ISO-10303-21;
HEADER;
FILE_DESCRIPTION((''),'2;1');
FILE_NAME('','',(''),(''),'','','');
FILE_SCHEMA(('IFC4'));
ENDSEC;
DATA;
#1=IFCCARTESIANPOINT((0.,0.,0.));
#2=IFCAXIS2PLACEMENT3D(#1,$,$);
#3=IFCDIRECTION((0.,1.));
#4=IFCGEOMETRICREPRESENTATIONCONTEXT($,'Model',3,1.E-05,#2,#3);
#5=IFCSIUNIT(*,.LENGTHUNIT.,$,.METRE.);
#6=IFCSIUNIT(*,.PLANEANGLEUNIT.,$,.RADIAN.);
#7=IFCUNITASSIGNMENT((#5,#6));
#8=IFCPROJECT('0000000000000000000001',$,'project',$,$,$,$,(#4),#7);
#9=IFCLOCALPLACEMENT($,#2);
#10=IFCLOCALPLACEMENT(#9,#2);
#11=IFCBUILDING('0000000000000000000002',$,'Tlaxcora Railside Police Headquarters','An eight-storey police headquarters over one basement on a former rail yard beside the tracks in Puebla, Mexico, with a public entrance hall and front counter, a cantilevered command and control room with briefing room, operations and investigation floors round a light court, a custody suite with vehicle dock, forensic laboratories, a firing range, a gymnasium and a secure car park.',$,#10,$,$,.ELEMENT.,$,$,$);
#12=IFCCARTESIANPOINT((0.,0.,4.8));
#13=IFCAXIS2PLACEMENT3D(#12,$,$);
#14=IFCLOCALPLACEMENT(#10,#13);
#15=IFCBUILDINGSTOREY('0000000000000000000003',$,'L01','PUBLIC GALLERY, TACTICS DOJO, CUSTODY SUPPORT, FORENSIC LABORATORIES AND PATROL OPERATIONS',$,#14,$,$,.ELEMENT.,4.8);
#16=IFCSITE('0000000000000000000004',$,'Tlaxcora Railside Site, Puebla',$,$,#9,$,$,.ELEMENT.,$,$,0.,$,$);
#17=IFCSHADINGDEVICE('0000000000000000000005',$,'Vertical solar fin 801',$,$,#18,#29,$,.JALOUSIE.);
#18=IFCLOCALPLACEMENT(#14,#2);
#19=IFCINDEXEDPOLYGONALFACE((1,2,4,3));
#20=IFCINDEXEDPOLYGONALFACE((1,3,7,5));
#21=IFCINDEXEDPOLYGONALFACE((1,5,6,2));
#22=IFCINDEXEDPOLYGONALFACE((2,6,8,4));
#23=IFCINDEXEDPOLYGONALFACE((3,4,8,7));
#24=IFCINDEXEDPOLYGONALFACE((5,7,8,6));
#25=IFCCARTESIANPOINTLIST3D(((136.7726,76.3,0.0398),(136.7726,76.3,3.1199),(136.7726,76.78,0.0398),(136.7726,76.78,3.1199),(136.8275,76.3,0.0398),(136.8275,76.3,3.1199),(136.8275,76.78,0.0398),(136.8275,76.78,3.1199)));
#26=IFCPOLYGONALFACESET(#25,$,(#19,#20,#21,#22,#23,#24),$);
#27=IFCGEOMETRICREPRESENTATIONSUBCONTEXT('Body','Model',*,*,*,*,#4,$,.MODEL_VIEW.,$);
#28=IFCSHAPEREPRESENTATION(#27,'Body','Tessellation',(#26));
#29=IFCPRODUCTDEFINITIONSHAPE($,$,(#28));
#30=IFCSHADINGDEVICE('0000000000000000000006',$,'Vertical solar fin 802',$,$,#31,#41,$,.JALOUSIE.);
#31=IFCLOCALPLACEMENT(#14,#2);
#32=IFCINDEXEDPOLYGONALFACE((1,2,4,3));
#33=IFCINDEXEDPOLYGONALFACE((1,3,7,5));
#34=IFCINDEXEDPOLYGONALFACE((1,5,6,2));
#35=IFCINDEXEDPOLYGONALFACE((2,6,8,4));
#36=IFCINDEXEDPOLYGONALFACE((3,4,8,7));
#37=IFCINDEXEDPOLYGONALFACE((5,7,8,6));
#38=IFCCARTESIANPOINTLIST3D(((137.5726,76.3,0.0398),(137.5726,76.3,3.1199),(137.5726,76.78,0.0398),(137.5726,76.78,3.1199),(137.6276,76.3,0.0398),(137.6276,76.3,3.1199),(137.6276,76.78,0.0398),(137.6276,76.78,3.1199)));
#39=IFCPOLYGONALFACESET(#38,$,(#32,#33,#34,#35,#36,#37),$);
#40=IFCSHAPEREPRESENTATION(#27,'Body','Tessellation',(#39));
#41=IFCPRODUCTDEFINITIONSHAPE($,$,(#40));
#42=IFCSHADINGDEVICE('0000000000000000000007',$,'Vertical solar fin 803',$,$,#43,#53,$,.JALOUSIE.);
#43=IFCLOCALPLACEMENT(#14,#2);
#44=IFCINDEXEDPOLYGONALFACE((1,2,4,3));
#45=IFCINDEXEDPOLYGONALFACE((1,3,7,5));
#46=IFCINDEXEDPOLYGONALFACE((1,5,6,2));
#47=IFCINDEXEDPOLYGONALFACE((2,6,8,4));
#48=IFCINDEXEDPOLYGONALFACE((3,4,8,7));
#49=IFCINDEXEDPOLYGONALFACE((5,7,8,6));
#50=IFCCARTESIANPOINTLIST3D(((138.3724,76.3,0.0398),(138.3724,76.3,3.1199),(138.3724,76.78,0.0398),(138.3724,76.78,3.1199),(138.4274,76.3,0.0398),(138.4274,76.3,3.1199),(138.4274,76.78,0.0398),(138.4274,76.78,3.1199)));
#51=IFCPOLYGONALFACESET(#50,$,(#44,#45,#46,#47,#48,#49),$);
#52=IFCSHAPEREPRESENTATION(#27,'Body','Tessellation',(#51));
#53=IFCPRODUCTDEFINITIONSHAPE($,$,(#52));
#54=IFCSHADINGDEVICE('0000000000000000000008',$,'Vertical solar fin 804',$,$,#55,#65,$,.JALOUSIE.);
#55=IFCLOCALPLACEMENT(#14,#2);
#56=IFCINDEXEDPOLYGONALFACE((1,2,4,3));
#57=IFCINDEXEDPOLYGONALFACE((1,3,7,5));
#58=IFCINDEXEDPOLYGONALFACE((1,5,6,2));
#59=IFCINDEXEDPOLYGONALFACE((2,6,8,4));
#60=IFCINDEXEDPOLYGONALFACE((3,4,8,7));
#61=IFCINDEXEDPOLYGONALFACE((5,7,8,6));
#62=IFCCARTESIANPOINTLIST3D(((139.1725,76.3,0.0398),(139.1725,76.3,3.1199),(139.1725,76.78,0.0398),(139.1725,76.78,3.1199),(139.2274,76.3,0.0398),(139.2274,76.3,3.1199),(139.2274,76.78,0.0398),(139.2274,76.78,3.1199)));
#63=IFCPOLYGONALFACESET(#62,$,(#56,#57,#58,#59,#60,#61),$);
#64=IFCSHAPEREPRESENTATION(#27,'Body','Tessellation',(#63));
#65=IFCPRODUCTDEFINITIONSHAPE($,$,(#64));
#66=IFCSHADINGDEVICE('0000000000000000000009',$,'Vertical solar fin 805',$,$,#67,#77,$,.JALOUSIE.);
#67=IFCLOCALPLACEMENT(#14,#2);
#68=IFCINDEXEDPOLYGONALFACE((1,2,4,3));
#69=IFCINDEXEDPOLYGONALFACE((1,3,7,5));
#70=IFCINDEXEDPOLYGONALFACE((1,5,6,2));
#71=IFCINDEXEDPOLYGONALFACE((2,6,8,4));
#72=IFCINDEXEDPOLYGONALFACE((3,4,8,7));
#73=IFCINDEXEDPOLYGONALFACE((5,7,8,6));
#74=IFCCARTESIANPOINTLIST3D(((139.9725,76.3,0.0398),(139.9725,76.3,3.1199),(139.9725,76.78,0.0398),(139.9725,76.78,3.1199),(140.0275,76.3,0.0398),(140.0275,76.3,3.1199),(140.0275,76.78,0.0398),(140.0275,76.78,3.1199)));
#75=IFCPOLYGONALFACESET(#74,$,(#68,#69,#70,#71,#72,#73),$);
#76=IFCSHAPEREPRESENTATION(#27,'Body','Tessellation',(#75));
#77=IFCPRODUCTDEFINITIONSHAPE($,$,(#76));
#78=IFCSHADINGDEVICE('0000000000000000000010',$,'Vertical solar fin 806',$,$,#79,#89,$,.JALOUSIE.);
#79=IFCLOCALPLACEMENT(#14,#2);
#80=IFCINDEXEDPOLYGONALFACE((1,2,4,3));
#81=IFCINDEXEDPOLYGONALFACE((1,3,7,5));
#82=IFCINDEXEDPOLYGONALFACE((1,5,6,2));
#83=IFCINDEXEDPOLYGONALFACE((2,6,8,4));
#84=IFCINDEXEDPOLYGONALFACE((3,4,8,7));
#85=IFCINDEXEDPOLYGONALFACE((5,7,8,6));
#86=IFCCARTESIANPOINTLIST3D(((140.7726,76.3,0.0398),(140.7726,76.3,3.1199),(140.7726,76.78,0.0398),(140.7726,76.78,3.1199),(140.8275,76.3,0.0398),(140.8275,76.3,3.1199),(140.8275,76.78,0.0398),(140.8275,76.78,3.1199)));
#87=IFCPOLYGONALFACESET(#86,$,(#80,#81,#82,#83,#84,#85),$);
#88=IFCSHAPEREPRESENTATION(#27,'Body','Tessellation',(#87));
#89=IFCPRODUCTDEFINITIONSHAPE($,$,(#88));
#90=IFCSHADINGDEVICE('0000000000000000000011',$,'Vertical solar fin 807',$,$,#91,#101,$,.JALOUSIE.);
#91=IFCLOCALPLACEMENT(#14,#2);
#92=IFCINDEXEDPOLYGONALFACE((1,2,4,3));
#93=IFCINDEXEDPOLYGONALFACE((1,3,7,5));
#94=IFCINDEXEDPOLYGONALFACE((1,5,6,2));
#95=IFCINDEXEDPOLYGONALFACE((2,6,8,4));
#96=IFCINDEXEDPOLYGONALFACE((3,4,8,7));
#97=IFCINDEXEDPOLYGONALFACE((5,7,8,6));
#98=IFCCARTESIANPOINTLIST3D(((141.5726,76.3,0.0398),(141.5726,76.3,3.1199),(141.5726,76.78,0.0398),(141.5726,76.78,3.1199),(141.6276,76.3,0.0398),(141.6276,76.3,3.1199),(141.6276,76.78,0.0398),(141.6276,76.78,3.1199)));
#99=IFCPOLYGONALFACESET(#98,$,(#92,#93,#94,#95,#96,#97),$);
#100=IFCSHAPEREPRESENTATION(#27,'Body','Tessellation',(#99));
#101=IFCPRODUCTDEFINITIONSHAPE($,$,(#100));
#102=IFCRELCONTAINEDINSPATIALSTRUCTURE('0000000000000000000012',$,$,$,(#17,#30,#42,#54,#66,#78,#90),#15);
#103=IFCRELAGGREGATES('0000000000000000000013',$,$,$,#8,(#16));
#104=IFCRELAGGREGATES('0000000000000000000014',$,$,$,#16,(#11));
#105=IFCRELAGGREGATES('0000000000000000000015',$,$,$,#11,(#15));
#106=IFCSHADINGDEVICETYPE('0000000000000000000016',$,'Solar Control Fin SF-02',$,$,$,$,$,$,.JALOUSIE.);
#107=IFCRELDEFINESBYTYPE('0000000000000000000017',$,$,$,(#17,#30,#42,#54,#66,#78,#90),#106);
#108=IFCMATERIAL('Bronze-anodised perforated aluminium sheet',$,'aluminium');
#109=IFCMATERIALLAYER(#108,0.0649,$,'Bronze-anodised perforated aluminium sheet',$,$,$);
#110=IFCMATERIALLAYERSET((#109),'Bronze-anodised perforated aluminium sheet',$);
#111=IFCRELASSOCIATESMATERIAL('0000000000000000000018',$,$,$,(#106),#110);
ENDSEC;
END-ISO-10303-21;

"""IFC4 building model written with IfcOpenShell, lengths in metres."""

from ifc_helpers import new_model, si_unit, direction, frame, origin, origin_2d, place, context, subcontext, project, spatial, rectangle, extrude, material, layer, layer_set, type_object, element, save


model = new_model("IFC4")

# Units and contexts
model_context = context("Model", 3, precision=1e-05, world=origin(), true_north=direction((0.0, 1.0)))
body_context = subcontext(model_context, "Body", "Model", "MODEL_VIEW")
ifc_project = project(units=[si_unit("LENGTHUNIT", "METRE"), si_unit("PLANEANGLEUNIT", "RADIAN")], contexts=[model_context])

# Site, building, storey
site_placement = place(None, origin())
site = spatial("IfcSite", under=ifc_project, at=site_placement, Name="Tlaxcora Railside Site, Puebla", CompositionType="ELEMENT", RefElevation=0.0)
building_placement = place(site_placement, origin())
building = spatial("IfcBuilding", under=site, at=building_placement, Name="Tlaxcora Railside Police Headquarters", Description="An eight-storey police headquarters over one basement on a former rail yard beside the tracks in Puebla, Mexico, with a public entrance hall and front counter, a cantilevered command and control room with briefing room, operations and investigation floors round a light court, a custody suite with vehicle dock, forensic laboratories, a firing range, a gymnasium and a secure car park.", CompositionType="ELEMENT")
storey_placement = place(building_placement, frame((0.0, 0.0, 4.8)))
storey = spatial("IfcBuildingStorey", under=building, at=storey_placement, Name="L01", Description="PUBLIC GALLERY, TACTICS DOJO, CUSTODY SUPPORT, FORENSIC LABORATORIES AND PATROL OPERATIONS", CompositionType="ELEMENT", Elevation=4.8)

# Shading devices
ifc_material_1 = material(Name="Bronze-anodised perforated aluminium sheet", Category="aluminium")
ifc_layer_1 = layer(ifc_material_1, 0.0649, Name="Bronze-anodised perforated aluminium sheet")
ifc_layer_set_1 = layer_set([ifc_layer_1], Name="Bronze-anodised perforated aluminium sheet")
shading_device_type = type_object("IfcShadingDeviceType", Name="Solar Control Fin SF-02", PredefinedType="JALOUSIE", material=ifc_layer_set_1)
for number, where, z_axis, x_axis, name in (
    (1, (136.8, 76.54, 0.0398), (0.0, 0.0, 1.0), (0.0, -1.0, 0.0), "Vertical solar fin 801"),
    (2, (137.6001, 76.54, 0.0398), (0.0, 0.0, 1.0), (0.0, -1.0, 0.0), "Vertical solar fin 802"),
    (3, (138.3999, 76.54, 0.0398), (0.0, 0.0, 1.0), (0.0, -1.0, 0.0), "Vertical solar fin 803"),
    (4, (139.2, 76.54, 0.0398), (0.0, 0.0, 1.0), (0.0, -1.0, 0.0), "Vertical solar fin 804"),
    (5, (140.0, 76.54, 0.0398), (0.0, 0.0, 1.0), (0.0, -1.0, 0.0), "Vertical solar fin 805"),
    (6, (140.8, 76.54, 0.0398), (0.0, 0.0, 1.0), (0.0, -1.0, 0.0), "Vertical solar fin 806"),
    (7, (141.6001, 76.54, 0.0398), (0.0, 0.0, 1.0), (0.0, -1.0, 0.0), "Vertical solar fin 807"),
):
    element("IfcShadingDevice", number, at=place(storey_placement, frame(where, z_axis=z_axis, x_axis=x_axis)), inside=storey, type_object=shading_device_type, Name=name, PredefinedType="JALOUSIE", context=body_context, shape_type="SweptSolid", body=[
        extrude(rectangle(XDim=0.48, YDim=0.0549, at=origin_2d()), origin(), (0.0, 0.0, 1.0), 3.0801),
    ])

save(model, "model.ifc")
